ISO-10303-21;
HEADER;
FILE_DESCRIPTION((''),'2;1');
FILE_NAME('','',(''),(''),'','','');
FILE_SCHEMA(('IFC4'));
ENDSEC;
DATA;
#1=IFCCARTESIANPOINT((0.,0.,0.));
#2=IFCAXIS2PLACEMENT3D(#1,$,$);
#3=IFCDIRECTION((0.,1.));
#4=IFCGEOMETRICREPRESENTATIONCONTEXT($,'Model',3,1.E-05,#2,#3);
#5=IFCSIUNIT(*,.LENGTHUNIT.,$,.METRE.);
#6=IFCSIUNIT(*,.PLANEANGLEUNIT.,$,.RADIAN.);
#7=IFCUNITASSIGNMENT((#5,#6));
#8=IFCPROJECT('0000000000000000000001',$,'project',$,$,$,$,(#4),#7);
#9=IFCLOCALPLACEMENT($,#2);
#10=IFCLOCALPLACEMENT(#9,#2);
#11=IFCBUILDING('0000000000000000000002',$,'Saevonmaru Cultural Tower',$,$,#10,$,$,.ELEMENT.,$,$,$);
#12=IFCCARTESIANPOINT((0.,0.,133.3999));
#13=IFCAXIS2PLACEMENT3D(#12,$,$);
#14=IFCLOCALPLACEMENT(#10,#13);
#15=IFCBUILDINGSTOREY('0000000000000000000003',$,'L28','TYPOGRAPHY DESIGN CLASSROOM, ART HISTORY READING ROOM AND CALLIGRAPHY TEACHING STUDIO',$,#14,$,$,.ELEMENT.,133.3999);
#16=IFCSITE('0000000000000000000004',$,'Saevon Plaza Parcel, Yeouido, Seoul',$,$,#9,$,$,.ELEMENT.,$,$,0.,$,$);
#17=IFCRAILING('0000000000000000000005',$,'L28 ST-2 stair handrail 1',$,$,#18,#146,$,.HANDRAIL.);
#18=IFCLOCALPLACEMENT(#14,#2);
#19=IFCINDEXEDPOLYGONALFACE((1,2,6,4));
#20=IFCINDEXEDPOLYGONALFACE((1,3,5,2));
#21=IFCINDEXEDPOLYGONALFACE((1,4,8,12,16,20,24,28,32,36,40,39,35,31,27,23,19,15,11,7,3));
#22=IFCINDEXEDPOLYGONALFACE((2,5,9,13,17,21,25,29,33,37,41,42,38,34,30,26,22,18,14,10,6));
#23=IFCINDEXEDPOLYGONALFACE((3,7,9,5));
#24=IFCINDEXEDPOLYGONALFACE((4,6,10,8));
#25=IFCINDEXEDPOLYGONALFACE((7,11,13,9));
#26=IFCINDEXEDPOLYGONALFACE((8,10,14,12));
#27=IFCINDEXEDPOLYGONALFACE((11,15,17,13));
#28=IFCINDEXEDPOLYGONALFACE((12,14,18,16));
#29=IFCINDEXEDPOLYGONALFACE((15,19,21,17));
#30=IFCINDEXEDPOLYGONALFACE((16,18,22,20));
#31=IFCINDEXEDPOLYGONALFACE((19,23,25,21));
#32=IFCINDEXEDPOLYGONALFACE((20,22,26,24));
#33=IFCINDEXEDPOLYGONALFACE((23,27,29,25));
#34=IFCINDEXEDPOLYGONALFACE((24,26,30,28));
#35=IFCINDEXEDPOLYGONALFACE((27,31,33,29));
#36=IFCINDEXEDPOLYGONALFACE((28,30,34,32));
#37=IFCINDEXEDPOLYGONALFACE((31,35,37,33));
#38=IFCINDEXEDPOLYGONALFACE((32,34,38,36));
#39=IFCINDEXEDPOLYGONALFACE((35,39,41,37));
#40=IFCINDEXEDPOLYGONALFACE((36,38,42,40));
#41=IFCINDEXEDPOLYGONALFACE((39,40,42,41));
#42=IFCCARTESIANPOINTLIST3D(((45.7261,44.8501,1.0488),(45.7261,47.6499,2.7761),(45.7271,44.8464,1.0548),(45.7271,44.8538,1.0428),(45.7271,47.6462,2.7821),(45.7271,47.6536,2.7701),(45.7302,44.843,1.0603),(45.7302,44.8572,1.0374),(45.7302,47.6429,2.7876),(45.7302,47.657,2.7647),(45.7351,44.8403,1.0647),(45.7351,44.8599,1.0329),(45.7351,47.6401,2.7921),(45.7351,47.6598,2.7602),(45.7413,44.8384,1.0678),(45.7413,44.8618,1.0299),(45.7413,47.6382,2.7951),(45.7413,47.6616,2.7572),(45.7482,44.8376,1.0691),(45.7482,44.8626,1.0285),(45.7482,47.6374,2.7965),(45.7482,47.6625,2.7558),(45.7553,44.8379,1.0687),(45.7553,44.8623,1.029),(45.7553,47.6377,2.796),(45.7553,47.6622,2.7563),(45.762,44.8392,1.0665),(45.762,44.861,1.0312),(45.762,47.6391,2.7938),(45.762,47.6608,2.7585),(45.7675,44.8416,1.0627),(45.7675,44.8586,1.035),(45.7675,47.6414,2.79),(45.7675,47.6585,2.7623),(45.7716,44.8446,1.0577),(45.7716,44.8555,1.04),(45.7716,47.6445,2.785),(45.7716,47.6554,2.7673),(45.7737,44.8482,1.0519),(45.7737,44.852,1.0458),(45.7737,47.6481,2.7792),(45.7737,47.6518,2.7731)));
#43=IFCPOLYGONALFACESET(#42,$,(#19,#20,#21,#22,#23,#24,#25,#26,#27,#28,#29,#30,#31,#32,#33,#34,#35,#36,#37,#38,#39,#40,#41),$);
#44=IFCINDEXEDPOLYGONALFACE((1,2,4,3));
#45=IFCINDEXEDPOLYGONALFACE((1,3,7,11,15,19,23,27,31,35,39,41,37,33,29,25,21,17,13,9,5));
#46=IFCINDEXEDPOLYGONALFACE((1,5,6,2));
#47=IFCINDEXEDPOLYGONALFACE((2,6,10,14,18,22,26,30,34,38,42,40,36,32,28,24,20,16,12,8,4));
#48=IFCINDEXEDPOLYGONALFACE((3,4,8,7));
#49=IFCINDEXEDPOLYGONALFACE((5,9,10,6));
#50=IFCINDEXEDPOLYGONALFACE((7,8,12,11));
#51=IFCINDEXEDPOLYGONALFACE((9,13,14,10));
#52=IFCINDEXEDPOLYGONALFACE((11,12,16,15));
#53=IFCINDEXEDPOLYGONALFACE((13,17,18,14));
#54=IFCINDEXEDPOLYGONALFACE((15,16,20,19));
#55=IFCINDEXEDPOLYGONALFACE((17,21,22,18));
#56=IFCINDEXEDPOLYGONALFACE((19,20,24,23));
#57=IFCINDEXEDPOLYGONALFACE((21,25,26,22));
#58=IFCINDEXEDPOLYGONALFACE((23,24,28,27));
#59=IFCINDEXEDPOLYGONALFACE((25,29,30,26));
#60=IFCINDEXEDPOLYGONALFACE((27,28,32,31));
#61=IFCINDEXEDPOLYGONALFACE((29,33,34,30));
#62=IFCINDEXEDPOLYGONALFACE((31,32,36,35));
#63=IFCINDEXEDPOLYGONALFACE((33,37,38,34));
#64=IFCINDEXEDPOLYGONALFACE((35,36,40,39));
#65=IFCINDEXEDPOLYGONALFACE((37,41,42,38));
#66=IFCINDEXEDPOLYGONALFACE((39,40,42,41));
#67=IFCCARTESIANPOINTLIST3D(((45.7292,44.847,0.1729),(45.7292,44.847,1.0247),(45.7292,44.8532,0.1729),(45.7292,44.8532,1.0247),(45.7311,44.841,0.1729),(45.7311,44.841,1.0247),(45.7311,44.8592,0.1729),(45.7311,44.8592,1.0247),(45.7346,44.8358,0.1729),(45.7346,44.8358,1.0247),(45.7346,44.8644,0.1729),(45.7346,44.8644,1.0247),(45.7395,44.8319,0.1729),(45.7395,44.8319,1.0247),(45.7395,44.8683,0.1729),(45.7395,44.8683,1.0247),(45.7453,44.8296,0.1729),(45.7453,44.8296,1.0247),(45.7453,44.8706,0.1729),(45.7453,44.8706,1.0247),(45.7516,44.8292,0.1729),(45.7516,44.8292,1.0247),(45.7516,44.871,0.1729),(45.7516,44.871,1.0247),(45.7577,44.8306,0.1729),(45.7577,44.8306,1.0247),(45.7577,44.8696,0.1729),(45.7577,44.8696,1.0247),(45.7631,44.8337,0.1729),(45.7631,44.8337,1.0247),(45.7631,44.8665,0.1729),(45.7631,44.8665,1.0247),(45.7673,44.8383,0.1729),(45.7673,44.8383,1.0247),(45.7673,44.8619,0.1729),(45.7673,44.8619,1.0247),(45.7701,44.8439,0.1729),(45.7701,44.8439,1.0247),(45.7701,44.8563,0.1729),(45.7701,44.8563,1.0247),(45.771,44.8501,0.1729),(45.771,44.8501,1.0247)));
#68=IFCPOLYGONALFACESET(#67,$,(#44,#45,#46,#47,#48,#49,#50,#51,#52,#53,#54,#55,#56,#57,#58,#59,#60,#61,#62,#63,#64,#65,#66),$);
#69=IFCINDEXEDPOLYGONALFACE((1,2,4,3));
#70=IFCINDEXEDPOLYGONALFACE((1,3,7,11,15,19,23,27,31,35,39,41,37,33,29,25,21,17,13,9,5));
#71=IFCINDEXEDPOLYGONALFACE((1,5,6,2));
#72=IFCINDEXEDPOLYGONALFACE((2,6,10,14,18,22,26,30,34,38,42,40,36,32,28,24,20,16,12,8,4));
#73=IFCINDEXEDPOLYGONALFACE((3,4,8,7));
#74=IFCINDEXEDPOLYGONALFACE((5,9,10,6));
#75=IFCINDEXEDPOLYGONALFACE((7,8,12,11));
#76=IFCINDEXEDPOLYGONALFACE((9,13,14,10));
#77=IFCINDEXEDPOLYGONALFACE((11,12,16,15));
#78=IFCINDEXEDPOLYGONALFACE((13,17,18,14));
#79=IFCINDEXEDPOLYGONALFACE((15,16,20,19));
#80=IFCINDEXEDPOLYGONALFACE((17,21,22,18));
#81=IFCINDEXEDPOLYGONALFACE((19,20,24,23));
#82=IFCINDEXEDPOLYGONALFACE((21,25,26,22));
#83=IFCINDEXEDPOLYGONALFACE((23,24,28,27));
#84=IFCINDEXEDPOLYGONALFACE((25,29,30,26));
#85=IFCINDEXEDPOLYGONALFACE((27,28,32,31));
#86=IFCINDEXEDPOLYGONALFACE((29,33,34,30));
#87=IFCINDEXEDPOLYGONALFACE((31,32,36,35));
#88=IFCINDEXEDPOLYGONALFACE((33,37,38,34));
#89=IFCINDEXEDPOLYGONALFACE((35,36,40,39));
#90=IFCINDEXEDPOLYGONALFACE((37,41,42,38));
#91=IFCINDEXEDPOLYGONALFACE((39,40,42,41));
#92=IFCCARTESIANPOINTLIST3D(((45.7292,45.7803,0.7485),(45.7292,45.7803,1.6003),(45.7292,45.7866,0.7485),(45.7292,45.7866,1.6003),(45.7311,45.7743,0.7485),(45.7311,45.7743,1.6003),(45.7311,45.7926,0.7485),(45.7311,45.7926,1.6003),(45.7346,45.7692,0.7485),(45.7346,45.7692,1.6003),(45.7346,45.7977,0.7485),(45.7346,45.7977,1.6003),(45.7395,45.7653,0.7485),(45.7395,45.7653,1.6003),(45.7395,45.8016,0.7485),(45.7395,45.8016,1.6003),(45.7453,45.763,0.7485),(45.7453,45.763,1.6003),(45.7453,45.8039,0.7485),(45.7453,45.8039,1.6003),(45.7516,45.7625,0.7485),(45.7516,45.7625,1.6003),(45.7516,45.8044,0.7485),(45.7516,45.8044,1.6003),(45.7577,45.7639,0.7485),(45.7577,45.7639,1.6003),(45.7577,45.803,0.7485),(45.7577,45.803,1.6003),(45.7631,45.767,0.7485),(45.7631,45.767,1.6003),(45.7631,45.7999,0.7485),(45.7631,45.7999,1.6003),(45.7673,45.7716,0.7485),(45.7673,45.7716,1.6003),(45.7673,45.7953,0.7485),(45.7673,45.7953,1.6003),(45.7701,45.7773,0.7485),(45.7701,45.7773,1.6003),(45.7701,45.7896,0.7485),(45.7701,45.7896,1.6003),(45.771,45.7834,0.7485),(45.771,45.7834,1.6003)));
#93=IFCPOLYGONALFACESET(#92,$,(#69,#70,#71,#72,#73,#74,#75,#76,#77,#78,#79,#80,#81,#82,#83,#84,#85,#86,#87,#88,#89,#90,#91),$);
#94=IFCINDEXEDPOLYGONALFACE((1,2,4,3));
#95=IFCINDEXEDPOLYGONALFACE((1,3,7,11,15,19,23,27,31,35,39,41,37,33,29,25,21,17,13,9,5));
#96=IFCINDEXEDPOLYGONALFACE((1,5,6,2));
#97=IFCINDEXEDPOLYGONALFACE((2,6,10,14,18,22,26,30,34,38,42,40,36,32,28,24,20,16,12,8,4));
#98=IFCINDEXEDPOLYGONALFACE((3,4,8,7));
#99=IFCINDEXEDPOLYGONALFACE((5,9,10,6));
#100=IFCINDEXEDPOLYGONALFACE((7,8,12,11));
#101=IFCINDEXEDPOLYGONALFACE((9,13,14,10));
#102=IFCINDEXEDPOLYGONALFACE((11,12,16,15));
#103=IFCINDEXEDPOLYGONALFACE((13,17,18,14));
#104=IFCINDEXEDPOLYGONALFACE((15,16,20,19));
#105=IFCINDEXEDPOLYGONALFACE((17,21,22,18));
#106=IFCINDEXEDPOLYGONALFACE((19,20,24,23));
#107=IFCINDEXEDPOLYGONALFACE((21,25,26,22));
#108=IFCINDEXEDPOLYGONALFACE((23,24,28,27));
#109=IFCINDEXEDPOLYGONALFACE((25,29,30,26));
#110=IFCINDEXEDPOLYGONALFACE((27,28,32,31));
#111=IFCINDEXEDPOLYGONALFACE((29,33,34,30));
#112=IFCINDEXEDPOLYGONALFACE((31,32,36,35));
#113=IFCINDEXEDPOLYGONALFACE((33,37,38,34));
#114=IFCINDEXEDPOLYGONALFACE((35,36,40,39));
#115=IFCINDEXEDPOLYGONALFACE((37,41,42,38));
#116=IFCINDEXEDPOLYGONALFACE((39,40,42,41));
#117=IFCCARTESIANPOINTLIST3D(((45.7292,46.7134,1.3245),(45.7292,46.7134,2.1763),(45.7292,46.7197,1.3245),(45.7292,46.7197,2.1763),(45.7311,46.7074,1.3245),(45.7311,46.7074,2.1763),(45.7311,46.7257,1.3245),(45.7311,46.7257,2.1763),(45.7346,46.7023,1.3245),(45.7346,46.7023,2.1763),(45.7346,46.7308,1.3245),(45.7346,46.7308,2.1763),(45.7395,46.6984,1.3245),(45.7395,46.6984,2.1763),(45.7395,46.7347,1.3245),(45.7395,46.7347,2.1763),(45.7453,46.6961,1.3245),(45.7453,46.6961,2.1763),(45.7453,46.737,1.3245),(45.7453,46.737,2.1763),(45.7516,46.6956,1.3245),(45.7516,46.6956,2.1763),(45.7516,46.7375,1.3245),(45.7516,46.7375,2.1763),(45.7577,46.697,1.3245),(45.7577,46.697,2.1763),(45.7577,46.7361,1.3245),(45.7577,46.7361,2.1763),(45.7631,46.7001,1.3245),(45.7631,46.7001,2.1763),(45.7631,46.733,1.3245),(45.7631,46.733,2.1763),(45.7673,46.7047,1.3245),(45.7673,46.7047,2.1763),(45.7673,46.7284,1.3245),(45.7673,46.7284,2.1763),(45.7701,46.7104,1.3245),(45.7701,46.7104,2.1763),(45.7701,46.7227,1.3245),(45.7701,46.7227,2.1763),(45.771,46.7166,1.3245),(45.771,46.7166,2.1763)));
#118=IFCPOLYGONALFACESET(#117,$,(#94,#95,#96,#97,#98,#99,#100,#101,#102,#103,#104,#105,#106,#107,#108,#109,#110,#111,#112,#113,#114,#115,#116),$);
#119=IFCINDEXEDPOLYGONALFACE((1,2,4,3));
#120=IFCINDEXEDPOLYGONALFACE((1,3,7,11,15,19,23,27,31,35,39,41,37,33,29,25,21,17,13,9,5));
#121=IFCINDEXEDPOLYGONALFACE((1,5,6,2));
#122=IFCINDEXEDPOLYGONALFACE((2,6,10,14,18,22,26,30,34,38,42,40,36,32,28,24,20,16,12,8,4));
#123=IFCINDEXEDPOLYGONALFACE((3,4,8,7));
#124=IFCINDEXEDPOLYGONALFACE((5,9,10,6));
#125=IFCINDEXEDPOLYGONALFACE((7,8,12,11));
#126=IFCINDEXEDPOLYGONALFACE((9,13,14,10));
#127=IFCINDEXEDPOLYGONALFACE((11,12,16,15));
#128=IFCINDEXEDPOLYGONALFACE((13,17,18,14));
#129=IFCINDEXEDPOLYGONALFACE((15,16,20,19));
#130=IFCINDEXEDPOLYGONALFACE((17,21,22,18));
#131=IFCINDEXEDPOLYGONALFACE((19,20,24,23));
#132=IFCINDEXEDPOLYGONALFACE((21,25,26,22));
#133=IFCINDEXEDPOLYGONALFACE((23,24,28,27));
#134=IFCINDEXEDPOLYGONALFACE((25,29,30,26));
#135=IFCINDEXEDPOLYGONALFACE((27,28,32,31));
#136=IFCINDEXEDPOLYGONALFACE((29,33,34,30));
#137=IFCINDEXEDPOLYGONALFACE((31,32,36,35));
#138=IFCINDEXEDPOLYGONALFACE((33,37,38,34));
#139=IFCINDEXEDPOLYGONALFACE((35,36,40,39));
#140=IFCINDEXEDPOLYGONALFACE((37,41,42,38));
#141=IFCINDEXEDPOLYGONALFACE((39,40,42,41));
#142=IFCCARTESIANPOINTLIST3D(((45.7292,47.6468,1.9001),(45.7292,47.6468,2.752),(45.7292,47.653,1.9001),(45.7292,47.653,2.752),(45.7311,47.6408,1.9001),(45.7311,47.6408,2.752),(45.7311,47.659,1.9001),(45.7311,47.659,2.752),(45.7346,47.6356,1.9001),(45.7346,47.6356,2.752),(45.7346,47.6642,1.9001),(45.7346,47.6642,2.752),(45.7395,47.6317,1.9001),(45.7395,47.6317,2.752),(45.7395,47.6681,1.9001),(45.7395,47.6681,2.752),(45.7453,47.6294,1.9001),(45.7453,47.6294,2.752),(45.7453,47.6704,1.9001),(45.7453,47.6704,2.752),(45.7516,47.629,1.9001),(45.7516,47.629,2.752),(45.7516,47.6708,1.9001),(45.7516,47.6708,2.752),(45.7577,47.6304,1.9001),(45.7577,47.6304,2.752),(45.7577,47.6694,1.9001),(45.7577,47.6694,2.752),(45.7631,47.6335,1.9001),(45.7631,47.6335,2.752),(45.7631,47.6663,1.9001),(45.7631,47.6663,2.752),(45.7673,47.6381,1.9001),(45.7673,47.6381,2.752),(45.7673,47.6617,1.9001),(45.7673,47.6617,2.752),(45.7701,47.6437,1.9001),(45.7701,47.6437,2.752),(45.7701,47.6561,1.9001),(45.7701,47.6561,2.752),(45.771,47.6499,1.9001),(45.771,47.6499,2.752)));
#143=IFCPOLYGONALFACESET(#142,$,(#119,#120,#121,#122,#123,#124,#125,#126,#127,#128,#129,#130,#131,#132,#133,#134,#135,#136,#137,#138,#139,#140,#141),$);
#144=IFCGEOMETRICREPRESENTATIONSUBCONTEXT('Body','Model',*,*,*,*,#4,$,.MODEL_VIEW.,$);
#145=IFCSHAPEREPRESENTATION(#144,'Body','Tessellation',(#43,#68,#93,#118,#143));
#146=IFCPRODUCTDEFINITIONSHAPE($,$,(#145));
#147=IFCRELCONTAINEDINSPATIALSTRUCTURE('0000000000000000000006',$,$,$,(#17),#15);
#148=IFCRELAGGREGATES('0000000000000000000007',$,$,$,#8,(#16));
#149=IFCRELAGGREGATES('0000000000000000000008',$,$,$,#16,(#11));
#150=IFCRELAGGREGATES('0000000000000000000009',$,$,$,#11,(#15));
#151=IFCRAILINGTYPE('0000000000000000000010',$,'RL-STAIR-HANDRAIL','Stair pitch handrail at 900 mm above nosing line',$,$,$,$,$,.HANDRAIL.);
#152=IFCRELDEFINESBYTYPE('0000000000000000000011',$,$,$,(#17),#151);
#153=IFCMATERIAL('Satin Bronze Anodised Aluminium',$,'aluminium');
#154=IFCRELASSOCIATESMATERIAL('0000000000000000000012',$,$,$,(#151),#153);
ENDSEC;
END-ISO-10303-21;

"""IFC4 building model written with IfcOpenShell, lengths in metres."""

from ifc_helpers import new_model, si_unit, direction, frame, origin, origin_2d, place, context, subcontext, project, spatial, circle, extrude, material, type_object, element, save


model = new_model("IFC4")

# Units and contexts
model_context = context("Model", 3, precision=1e-05, world=origin(), true_north=direction((0.0, 1.0)))
body_context = subcontext(model_context, "Body", "Model", "MODEL_VIEW")
ifc_project = project(units=[si_unit("LENGTHUNIT", "METRE"), si_unit("PLANEANGLEUNIT", "RADIAN")], contexts=[model_context])

# Site, building, storey
site_placement = place(None, origin())
site = spatial("IfcSite", under=ifc_project, at=site_placement, Name="Saevon Plaza Parcel, Yeouido, Seoul", CompositionType="ELEMENT", RefElevation=0.0)
building_placement = place(site_placement, origin())
building = spatial("IfcBuilding", under=site, at=building_placement, Name="Saevonmaru Cultural Tower", CompositionType="ELEMENT")
storey_placement = place(building_placement, frame((0.0, 0.0, 133.3999)))
storey = spatial("IfcBuildingStorey", under=building, at=storey_placement, Name="L28", Description="TYPOGRAPHY DESIGN CLASSROOM, ART HISTORY READING ROOM AND CALLIGRAPHY TEACHING STUDIO", CompositionType="ELEMENT", Elevation=133.3999)

# Shared definitions
ifc_material_1 = material(Name="Satin Bronze Anodised Aluminium", Category="aluminium")

# Railing
railing_type_1 = type_object("IfcRailingType", Name="RL-STAIR-HANDRAIL", Description="Stair pitch handrail at 900 mm above nosing line", PredefinedType="HANDRAIL", material=ifc_material_1)
railing_1_placement = place(storey_placement, frame((45.75, 44.8501, 0.1729)))
element("IfcRailing", 1, at=railing_1_placement, inside=storey, type_object=railing_type_1, Name="L28 ST-2 stair handrail 1", PredefinedType="HANDRAIL", context=body_context, shape_type="SweptSolid", body=[
    extrude(circle(Radius=0.0239, at=origin_2d()), frame((0.0, 0.0, 0.876), z_axis=(0.0, 0.851069, 0.525054), x_axis=(-1.0, 0.0, 0.0)), (0.0, 0.0, 1.0), 3.2898),
    extrude(circle(Radius=0.021, at=origin_2d()), origin(), (0.0, 0.0, 1.0), 0.8518),
    extrude(circle(Radius=0.021, at=origin_2d()), frame((0.0, 0.9333, 0.5757)), (0.0, 0.0, 1.0), 0.8518),
    extrude(circle(Radius=0.021, at=origin_2d()), frame((0.0, 1.8665, 1.1516)), (0.0, 0.0, 1.0), 0.8518),
    extrude(circle(Radius=0.021, at=origin_2d()), frame((0.0, 2.7998, 1.7273)), (0.0, 0.0, 1.0), 0.8518),
])

save(model, "model.ifc")
